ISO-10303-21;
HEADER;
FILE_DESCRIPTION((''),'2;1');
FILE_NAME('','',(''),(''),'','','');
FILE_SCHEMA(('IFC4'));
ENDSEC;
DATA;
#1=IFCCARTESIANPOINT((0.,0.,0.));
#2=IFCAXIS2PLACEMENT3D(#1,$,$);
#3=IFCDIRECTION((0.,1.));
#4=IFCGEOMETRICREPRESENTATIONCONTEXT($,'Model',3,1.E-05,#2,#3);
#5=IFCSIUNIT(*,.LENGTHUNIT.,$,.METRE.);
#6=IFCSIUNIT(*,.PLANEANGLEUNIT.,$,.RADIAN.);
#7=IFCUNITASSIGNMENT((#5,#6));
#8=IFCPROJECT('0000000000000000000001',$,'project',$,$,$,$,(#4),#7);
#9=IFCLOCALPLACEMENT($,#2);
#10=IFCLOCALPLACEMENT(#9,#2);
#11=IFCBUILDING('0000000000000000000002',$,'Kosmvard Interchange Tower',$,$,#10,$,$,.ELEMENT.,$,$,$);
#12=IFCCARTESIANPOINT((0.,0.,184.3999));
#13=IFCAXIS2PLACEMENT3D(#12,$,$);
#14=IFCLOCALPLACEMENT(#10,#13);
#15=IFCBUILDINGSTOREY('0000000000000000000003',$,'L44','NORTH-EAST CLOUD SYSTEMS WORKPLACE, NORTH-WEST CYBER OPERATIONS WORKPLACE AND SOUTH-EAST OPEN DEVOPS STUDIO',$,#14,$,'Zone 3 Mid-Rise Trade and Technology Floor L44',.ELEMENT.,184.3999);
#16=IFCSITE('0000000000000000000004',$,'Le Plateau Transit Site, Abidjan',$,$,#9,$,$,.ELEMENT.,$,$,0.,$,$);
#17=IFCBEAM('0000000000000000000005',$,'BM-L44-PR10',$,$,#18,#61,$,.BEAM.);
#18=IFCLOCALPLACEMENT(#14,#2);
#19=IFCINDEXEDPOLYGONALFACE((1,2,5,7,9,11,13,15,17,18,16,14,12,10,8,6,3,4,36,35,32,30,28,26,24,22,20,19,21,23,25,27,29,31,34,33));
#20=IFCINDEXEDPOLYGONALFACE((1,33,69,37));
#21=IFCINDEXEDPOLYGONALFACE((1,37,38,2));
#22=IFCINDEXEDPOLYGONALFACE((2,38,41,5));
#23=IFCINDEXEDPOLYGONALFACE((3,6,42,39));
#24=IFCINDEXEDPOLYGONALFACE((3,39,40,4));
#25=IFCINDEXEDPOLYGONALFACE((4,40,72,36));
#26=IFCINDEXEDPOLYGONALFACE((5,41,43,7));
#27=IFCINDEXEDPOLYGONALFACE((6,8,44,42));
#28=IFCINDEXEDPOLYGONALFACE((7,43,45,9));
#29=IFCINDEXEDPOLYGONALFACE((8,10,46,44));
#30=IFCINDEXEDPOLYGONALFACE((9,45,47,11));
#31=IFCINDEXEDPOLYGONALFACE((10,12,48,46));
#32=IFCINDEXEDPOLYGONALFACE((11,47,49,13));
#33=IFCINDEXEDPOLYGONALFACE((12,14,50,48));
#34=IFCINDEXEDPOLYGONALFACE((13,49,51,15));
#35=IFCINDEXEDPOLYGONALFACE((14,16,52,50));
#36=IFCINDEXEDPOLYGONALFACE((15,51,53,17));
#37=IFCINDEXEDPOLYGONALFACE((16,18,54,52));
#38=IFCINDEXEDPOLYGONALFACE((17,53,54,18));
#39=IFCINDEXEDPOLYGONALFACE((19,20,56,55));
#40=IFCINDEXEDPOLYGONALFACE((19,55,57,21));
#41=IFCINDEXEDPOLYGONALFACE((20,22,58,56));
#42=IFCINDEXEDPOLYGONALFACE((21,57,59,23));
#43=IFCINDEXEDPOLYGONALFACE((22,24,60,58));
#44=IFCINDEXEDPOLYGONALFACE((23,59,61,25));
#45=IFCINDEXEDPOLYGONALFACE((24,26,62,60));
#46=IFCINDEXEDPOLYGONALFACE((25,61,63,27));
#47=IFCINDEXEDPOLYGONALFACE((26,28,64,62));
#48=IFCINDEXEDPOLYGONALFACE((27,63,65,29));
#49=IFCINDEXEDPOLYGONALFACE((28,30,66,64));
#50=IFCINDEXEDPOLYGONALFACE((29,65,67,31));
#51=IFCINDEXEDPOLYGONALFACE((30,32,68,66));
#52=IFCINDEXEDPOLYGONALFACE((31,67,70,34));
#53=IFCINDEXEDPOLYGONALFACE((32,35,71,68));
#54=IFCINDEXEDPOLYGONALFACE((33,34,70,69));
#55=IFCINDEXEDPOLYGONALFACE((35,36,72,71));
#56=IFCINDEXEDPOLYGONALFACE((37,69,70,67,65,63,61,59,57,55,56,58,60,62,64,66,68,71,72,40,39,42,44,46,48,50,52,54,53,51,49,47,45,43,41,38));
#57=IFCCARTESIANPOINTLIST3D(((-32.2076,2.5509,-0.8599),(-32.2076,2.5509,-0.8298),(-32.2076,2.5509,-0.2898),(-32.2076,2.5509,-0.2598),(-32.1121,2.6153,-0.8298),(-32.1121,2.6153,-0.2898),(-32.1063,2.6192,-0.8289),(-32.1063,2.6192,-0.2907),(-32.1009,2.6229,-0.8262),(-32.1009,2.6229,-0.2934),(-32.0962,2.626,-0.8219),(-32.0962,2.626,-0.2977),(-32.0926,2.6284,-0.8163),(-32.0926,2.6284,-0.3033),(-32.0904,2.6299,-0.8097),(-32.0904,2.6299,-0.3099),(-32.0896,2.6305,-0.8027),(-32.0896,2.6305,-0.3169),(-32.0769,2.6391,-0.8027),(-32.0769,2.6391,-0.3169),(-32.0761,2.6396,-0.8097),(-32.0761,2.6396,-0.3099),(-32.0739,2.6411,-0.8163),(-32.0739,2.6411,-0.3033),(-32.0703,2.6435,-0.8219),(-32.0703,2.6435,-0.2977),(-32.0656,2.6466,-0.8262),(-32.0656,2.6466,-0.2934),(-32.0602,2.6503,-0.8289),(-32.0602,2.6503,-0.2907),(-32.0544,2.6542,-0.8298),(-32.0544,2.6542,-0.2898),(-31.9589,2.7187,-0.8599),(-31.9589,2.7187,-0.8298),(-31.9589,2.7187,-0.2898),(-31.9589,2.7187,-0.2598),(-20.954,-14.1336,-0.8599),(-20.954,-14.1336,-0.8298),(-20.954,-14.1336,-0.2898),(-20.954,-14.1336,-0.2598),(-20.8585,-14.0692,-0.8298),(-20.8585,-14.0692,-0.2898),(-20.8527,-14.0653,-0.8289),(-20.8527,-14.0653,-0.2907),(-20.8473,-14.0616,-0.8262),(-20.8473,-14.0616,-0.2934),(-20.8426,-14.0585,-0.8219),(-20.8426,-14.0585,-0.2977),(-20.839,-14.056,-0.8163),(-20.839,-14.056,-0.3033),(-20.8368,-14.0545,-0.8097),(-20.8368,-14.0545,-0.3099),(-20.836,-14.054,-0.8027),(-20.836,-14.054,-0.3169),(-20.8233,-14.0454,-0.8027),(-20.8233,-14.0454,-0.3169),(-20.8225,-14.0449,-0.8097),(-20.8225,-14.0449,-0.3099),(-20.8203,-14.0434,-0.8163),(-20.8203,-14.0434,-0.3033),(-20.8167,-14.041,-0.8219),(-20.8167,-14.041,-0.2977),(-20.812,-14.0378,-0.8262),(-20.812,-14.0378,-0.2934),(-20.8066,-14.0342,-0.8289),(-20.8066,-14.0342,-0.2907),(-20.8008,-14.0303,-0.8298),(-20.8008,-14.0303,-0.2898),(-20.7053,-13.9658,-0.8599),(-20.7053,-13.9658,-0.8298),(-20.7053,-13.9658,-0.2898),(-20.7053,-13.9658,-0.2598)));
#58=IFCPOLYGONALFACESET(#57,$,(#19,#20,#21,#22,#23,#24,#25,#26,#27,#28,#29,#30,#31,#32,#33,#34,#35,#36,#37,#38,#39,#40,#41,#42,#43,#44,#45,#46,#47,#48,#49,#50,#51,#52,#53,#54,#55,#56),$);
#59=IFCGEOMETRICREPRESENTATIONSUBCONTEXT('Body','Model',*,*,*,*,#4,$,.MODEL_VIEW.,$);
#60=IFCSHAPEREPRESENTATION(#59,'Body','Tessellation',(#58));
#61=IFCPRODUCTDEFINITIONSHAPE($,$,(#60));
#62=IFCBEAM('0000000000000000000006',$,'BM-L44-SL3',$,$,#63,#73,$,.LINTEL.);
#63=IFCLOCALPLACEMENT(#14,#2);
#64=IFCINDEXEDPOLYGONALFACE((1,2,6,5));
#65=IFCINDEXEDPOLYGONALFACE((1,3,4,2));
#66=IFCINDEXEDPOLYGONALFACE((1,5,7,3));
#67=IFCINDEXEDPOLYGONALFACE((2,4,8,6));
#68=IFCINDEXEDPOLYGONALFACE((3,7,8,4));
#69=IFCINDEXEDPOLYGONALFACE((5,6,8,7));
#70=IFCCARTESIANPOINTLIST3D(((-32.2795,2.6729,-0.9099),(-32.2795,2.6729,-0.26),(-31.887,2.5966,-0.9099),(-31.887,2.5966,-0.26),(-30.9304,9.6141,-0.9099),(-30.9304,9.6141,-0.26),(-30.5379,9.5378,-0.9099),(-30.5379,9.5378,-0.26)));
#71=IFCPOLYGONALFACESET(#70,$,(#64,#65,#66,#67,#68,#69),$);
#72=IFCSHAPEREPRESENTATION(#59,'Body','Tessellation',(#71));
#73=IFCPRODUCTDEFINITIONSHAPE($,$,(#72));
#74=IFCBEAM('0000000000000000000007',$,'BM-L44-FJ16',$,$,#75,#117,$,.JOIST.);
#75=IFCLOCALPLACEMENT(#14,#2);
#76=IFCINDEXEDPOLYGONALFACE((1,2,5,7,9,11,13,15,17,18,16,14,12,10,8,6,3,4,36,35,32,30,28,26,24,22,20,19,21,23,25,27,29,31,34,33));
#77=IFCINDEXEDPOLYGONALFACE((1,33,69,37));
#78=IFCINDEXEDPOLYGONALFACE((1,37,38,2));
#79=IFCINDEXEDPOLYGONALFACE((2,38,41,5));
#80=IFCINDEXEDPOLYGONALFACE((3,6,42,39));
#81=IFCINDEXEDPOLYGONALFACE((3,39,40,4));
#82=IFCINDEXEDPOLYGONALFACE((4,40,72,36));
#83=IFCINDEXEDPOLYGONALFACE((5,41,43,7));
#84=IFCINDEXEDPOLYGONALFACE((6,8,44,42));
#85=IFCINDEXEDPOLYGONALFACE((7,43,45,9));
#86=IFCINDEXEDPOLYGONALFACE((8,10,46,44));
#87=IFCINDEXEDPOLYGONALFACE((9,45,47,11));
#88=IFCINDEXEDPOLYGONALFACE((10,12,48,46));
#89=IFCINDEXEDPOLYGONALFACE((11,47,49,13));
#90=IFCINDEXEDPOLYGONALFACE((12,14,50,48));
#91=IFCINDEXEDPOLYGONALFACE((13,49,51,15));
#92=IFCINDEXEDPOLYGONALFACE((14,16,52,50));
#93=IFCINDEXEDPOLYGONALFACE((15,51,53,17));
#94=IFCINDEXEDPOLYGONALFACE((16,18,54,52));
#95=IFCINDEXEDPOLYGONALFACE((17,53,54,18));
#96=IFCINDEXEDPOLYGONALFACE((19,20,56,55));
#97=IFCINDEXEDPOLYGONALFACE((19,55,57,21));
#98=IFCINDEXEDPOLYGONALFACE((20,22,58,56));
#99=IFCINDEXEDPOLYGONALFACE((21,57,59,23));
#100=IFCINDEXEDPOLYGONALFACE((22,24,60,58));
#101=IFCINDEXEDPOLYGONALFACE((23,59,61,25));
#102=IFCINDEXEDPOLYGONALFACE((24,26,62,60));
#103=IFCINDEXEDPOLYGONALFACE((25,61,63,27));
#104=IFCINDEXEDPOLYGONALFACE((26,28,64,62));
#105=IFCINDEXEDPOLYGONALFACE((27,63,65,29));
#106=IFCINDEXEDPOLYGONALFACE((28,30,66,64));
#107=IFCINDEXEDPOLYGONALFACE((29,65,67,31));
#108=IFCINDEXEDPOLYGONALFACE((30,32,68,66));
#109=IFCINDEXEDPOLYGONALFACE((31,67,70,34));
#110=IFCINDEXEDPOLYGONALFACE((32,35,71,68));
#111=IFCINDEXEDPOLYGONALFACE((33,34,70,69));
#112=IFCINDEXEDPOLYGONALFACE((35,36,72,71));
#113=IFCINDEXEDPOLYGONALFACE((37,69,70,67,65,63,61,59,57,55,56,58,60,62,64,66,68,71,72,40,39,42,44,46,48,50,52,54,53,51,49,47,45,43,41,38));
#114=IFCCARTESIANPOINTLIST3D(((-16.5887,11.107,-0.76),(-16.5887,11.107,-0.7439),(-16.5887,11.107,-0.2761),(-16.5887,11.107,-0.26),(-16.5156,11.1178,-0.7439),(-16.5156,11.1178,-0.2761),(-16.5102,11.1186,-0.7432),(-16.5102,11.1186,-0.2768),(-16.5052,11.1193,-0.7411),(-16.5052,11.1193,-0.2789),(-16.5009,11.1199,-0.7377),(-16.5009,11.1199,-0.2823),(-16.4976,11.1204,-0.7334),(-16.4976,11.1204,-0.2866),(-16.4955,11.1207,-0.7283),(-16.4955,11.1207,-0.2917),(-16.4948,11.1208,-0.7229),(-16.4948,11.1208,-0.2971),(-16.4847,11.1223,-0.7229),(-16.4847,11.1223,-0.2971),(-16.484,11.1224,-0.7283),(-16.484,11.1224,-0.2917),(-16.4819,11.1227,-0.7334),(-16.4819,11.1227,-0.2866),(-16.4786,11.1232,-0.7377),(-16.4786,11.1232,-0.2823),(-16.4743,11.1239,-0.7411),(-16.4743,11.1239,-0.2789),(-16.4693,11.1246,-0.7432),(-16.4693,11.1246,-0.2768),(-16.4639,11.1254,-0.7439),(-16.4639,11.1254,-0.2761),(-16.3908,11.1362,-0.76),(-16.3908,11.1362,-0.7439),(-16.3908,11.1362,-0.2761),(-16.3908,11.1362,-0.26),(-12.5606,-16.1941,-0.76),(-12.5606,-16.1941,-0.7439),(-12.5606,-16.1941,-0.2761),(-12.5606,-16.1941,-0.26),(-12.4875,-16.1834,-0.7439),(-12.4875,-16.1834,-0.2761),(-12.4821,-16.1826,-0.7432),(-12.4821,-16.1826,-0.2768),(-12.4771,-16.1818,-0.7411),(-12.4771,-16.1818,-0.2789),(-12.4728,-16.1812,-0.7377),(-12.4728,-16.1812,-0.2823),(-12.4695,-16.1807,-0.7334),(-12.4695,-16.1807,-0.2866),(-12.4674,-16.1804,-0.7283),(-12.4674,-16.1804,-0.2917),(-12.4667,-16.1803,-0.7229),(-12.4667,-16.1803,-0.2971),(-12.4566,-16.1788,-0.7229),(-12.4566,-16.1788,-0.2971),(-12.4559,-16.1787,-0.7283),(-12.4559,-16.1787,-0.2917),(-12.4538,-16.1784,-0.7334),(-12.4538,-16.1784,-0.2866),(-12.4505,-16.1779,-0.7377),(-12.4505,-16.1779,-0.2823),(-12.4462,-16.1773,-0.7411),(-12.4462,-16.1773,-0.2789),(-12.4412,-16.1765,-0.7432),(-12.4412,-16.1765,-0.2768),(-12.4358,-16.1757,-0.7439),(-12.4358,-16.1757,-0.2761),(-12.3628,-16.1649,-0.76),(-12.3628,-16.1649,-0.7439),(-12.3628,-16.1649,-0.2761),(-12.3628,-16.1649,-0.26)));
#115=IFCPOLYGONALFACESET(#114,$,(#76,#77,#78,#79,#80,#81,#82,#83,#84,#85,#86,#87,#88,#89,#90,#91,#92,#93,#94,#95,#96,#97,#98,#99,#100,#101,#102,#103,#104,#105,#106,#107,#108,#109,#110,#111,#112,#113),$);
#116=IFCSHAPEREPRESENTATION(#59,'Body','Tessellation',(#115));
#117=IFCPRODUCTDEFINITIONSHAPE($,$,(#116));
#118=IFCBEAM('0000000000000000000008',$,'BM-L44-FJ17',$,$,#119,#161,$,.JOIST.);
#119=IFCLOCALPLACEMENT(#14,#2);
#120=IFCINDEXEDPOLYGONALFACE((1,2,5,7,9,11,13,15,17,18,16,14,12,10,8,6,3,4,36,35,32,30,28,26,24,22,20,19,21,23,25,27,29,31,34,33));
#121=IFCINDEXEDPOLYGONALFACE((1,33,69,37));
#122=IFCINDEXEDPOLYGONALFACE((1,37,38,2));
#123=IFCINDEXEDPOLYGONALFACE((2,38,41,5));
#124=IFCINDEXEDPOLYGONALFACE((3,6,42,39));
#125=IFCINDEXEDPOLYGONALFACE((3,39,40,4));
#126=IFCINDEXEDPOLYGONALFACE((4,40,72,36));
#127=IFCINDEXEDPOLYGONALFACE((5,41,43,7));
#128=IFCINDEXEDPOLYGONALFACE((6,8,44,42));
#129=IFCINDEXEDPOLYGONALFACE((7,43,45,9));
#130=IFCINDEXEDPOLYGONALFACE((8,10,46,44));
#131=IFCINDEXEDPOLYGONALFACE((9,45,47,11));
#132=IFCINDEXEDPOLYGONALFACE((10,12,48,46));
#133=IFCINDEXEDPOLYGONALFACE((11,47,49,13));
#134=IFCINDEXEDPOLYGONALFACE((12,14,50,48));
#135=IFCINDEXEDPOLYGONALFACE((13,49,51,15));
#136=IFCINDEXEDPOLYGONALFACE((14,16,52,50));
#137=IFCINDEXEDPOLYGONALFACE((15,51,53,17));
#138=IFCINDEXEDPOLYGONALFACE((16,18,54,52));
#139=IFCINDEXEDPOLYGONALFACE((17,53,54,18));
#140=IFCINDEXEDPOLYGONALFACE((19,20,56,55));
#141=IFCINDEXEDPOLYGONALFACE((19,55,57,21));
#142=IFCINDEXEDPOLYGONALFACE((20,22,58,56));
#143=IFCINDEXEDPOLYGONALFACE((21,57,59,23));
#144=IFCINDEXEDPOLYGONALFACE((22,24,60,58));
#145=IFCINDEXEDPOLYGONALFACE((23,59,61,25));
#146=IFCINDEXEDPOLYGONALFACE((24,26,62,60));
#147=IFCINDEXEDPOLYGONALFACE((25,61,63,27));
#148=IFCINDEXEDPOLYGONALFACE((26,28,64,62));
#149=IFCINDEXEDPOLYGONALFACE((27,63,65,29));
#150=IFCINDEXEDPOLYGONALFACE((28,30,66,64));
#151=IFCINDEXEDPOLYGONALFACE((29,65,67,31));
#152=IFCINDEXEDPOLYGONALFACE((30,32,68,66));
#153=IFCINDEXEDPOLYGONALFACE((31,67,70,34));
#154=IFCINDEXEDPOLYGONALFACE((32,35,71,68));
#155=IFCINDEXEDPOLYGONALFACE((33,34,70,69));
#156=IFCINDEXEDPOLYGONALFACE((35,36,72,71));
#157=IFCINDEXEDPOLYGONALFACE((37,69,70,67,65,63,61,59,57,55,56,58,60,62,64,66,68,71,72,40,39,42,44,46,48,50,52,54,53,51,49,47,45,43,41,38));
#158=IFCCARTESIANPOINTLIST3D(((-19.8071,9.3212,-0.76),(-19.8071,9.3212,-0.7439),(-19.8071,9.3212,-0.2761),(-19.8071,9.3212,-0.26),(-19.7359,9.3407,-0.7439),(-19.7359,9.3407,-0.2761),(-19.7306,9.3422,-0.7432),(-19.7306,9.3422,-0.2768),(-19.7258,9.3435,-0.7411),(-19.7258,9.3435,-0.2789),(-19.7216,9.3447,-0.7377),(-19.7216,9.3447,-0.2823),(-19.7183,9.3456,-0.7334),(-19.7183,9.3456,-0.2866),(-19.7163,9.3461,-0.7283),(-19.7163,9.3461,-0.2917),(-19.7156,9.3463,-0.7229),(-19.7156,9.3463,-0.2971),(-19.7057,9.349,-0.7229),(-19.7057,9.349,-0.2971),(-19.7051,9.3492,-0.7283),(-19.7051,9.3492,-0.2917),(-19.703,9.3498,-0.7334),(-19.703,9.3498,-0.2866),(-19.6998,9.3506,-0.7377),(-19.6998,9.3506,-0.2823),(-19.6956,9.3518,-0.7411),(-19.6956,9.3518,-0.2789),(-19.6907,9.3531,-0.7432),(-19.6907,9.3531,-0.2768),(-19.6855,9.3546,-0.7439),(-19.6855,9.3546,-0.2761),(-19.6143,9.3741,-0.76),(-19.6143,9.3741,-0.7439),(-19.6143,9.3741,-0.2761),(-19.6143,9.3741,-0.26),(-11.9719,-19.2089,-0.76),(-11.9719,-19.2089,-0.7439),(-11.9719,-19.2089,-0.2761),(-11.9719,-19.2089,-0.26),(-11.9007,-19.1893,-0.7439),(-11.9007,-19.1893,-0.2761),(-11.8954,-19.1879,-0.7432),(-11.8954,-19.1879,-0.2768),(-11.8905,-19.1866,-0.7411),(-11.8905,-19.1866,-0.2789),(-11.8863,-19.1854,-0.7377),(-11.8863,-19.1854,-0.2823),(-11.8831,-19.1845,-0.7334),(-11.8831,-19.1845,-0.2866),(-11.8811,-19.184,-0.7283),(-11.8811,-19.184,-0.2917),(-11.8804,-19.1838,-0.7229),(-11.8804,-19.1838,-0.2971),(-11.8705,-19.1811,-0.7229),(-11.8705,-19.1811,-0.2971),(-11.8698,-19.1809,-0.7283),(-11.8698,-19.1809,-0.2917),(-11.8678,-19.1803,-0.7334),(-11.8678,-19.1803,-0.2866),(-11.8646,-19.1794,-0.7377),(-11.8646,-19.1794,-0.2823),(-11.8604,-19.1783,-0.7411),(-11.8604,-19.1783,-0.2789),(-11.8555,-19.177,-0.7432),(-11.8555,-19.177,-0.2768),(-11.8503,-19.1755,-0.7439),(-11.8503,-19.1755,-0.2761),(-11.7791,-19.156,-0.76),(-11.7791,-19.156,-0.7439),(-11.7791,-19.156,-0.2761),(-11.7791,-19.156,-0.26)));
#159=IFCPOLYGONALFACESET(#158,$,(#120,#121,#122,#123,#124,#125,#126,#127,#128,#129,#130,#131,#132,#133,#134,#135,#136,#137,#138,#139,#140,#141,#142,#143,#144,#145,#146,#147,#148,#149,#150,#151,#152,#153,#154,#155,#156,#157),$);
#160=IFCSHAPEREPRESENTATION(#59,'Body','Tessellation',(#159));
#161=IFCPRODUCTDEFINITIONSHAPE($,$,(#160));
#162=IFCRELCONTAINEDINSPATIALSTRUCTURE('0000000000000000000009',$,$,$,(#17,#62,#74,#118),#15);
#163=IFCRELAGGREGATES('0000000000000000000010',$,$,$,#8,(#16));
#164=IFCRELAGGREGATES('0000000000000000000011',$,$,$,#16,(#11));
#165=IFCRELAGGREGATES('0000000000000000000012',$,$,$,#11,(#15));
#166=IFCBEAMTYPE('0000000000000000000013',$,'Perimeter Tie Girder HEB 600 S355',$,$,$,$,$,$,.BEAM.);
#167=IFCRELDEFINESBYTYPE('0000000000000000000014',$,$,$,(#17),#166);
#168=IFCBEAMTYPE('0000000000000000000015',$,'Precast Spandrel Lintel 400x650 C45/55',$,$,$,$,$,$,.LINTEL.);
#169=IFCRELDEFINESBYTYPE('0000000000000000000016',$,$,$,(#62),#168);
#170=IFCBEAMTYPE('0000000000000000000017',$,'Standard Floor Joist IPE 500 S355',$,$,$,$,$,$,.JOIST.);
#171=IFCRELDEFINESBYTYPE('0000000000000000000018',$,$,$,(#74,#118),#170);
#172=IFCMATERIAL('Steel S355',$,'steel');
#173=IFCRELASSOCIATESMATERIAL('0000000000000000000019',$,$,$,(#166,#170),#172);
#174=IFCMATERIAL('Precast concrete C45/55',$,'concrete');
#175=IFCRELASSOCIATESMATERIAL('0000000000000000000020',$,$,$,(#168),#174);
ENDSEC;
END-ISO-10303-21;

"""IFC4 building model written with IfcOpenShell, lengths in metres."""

from ifc_helpers import new_model, si_unit, direction, frame, origin, origin_2d, place, context, subcontext, project, spatial, rectangle, i_section, extrude, source, transform, mapped, material, material_profile, profile_set, type_object, element, save


model = new_model("IFC4")

# Units and contexts
model_context = context("Model", 3, precision=1e-05, world=origin(), true_north=direction((0.0, 1.0)))
body_context = subcontext(model_context, "Body", "Model", "MODEL_VIEW")
ifc_project = project(units=[si_unit("LENGTHUNIT", "METRE"), si_unit("PLANEANGLEUNIT", "RADIAN")], contexts=[model_context])

# Site, building, storey
site_placement = place(None, origin())
site = spatial("IfcSite", under=ifc_project, at=site_placement, Name="Le Plateau Transit Site, Abidjan", CompositionType="ELEMENT", RefElevation=0.0)
building_placement = place(site_placement, origin())
building = spatial("IfcBuilding", under=site, at=building_placement, Name="Kosmvard Interchange Tower", CompositionType="ELEMENT")
storey_placement = place(building_placement, frame((0.0, 0.0, 184.3999)))
storey = spatial("IfcBuildingStorey", under=building, at=storey_placement, Name="L44", Description="NORTH-EAST CLOUD SYSTEMS WORKPLACE, NORTH-WEST CYBER OPERATIONS WORKPLACE AND SOUTH-EAST OPEN DEVOPS STUDIO", LongName="Zone 3 Mid-Rise Trade and Technology Floor L44", CompositionType="ELEMENT", Elevation=184.3999)

# Beams
ifc_material_1 = material(Name="Steel S355", Category="steel")
ifc_material_profile_1 = material_profile(ifc_material_1, i_section(OverallWidth=0.3, OverallDepth=0.6001, WebThickness=0.0154, FlangeThickness=0.03, FilletRadius=0.0271, at=origin_2d()), Name="HEB 600")
ifc_profile_set_1 = profile_set([ifc_material_profile_1], Name="Steel S355")
beam_type_1 = type_object("IfcBeamType", Name="Perimeter Tie Girder HEB 600 S355", PredefinedType="BEAM", material=ifc_profile_set_1)
shared_shape_1 = source(origin(), body_context, "Body", "SweptSolid", [
    extrude(i_section(OverallWidth=0.3, OverallDepth=0.6001, WebThickness=0.0154, FlangeThickness=0.03, FilletRadius=0.0271, at=origin_2d()), origin(), (0.0, 0.0, 1.0), 20.125),
])
for number, where, z_axis, x_axis, name in (
    (1, (-32.0833, 2.6348, -0.5598), (0.559185, -0.829043, 0.0), (0.829043, 0.559185, 0.0), "BM-L44-PR10"),
):
    element("IfcBeam", number, at=place(storey_placement, frame(where, z_axis=z_axis, x_axis=x_axis)), inside=storey, type_object=beam_type_1, Name=name, PredefinedType="BEAM", context=body_context, shape_type="MappedRepresentation", body=[
        mapped(shared_shape_1, transform((0.0, 0.0, 0.0), scale=1.0)),
    ])
ifc_material_2 = material(Name="Precast concrete C45/55", Category="concrete")
ifc_material_profile_2 = material_profile(ifc_material_2, rectangle(XDim=0.3999, YDim=0.6499, at=origin_2d()), Name="SL 400x650")
ifc_profile_set_2 = profile_set([ifc_material_profile_2], Name="Precast concrete C45/55")
beam_type_2 = type_object("IfcBeamType", Name="Precast Spandrel Lintel 400x650 C45/55", PredefinedType="LINTEL", material=ifc_profile_set_2)
shared_shape_2 = source(origin(), body_context, "Body", "SweptSolid", [
    extrude(rectangle(XDim=0.3999, YDim=0.6499, at=origin_2d()), origin(), (0.0, 0.0, 1.0), 7.071),
])
beam_1_placement = place(storey_placement, frame((-30.7341, 9.5759, -0.585), z_axis=(-0.190795, -0.98163, 0.0), x_axis=(0.98163, -0.190795, 0.0)))
element("IfcBeam", 2, at=beam_1_placement, inside=storey, type_object=beam_type_2, Name="BM-L44-SL3", PredefinedType="LINTEL", context=body_context, shape_type="MappedRepresentation", body=[
    mapped(shared_shape_2, transform((0.0, 0.0, 0.0), scale=1.0)),
])
ifc_material_profile_3 = material_profile(ifc_material_1, i_section(OverallWidth=0.2, OverallDepth=0.5, WebThickness=0.0103, FlangeThickness=0.0161, FilletRadius=0.021, at=origin_2d()), Name="IPE 500")
ifc_profile_set_3 = profile_set([ifc_material_profile_3], Name="Steel S355")
beam_type_3 = type_object("IfcBeamType", Name="Standard Floor Joist IPE 500 S355", PredefinedType="JOIST", material=ifc_profile_set_3)
shared_shape_3 = source(origin(), body_context, "Body", "SweptSolid", [
    extrude(i_section(OverallWidth=0.2, OverallDepth=0.5, WebThickness=0.0103, FlangeThickness=0.0161, FilletRadius=0.021, at=origin_2d()), origin(), (0.0, 0.0, 1.0), 27.5967),
])
beam_2_placement = place(storey_placement, frame((-16.4897, 11.1216, -0.51), z_axis=(0.145963, -0.98929, 0.0), x_axis=(0.98929, 0.145963, 0.0)))
element("IfcBeam", 3, at=beam_2_placement, inside=storey, type_object=beam_type_3, Name="BM-L44-FJ16", PredefinedType="JOIST", context=body_context, shape_type="MappedRepresentation", body=[
    mapped(shared_shape_3, transform((0.0, 0.0, 0.0), scale=1.0)),
])
shared_shape_4 = source(origin(), body_context, "Body", "SweptSolid", [
    extrude(i_section(OverallWidth=0.2, OverallDepth=0.5, WebThickness=0.0103, FlangeThickness=0.0161, FilletRadius=0.021, at=origin_2d()), origin(), (0.0, 0.0, 1.0), 29.5864),
])
beam_3_placement = place(storey_placement, frame((-19.7107, 9.3477, -0.51), z_axis=(0.264825, -0.964297, 0.0), x_axis=(0.964297, 0.264825, 0.0)))
element("IfcBeam", 4, at=beam_3_placement, inside=storey, type_object=beam_type_3, Name="BM-L44-FJ17", PredefinedType="JOIST", context=body_context, shape_type="MappedRepresentation", body=[
    mapped(shared_shape_4, transform((0.0, 0.0, 0.0), scale=1.0)),
])

save(model, "model.ifc")
